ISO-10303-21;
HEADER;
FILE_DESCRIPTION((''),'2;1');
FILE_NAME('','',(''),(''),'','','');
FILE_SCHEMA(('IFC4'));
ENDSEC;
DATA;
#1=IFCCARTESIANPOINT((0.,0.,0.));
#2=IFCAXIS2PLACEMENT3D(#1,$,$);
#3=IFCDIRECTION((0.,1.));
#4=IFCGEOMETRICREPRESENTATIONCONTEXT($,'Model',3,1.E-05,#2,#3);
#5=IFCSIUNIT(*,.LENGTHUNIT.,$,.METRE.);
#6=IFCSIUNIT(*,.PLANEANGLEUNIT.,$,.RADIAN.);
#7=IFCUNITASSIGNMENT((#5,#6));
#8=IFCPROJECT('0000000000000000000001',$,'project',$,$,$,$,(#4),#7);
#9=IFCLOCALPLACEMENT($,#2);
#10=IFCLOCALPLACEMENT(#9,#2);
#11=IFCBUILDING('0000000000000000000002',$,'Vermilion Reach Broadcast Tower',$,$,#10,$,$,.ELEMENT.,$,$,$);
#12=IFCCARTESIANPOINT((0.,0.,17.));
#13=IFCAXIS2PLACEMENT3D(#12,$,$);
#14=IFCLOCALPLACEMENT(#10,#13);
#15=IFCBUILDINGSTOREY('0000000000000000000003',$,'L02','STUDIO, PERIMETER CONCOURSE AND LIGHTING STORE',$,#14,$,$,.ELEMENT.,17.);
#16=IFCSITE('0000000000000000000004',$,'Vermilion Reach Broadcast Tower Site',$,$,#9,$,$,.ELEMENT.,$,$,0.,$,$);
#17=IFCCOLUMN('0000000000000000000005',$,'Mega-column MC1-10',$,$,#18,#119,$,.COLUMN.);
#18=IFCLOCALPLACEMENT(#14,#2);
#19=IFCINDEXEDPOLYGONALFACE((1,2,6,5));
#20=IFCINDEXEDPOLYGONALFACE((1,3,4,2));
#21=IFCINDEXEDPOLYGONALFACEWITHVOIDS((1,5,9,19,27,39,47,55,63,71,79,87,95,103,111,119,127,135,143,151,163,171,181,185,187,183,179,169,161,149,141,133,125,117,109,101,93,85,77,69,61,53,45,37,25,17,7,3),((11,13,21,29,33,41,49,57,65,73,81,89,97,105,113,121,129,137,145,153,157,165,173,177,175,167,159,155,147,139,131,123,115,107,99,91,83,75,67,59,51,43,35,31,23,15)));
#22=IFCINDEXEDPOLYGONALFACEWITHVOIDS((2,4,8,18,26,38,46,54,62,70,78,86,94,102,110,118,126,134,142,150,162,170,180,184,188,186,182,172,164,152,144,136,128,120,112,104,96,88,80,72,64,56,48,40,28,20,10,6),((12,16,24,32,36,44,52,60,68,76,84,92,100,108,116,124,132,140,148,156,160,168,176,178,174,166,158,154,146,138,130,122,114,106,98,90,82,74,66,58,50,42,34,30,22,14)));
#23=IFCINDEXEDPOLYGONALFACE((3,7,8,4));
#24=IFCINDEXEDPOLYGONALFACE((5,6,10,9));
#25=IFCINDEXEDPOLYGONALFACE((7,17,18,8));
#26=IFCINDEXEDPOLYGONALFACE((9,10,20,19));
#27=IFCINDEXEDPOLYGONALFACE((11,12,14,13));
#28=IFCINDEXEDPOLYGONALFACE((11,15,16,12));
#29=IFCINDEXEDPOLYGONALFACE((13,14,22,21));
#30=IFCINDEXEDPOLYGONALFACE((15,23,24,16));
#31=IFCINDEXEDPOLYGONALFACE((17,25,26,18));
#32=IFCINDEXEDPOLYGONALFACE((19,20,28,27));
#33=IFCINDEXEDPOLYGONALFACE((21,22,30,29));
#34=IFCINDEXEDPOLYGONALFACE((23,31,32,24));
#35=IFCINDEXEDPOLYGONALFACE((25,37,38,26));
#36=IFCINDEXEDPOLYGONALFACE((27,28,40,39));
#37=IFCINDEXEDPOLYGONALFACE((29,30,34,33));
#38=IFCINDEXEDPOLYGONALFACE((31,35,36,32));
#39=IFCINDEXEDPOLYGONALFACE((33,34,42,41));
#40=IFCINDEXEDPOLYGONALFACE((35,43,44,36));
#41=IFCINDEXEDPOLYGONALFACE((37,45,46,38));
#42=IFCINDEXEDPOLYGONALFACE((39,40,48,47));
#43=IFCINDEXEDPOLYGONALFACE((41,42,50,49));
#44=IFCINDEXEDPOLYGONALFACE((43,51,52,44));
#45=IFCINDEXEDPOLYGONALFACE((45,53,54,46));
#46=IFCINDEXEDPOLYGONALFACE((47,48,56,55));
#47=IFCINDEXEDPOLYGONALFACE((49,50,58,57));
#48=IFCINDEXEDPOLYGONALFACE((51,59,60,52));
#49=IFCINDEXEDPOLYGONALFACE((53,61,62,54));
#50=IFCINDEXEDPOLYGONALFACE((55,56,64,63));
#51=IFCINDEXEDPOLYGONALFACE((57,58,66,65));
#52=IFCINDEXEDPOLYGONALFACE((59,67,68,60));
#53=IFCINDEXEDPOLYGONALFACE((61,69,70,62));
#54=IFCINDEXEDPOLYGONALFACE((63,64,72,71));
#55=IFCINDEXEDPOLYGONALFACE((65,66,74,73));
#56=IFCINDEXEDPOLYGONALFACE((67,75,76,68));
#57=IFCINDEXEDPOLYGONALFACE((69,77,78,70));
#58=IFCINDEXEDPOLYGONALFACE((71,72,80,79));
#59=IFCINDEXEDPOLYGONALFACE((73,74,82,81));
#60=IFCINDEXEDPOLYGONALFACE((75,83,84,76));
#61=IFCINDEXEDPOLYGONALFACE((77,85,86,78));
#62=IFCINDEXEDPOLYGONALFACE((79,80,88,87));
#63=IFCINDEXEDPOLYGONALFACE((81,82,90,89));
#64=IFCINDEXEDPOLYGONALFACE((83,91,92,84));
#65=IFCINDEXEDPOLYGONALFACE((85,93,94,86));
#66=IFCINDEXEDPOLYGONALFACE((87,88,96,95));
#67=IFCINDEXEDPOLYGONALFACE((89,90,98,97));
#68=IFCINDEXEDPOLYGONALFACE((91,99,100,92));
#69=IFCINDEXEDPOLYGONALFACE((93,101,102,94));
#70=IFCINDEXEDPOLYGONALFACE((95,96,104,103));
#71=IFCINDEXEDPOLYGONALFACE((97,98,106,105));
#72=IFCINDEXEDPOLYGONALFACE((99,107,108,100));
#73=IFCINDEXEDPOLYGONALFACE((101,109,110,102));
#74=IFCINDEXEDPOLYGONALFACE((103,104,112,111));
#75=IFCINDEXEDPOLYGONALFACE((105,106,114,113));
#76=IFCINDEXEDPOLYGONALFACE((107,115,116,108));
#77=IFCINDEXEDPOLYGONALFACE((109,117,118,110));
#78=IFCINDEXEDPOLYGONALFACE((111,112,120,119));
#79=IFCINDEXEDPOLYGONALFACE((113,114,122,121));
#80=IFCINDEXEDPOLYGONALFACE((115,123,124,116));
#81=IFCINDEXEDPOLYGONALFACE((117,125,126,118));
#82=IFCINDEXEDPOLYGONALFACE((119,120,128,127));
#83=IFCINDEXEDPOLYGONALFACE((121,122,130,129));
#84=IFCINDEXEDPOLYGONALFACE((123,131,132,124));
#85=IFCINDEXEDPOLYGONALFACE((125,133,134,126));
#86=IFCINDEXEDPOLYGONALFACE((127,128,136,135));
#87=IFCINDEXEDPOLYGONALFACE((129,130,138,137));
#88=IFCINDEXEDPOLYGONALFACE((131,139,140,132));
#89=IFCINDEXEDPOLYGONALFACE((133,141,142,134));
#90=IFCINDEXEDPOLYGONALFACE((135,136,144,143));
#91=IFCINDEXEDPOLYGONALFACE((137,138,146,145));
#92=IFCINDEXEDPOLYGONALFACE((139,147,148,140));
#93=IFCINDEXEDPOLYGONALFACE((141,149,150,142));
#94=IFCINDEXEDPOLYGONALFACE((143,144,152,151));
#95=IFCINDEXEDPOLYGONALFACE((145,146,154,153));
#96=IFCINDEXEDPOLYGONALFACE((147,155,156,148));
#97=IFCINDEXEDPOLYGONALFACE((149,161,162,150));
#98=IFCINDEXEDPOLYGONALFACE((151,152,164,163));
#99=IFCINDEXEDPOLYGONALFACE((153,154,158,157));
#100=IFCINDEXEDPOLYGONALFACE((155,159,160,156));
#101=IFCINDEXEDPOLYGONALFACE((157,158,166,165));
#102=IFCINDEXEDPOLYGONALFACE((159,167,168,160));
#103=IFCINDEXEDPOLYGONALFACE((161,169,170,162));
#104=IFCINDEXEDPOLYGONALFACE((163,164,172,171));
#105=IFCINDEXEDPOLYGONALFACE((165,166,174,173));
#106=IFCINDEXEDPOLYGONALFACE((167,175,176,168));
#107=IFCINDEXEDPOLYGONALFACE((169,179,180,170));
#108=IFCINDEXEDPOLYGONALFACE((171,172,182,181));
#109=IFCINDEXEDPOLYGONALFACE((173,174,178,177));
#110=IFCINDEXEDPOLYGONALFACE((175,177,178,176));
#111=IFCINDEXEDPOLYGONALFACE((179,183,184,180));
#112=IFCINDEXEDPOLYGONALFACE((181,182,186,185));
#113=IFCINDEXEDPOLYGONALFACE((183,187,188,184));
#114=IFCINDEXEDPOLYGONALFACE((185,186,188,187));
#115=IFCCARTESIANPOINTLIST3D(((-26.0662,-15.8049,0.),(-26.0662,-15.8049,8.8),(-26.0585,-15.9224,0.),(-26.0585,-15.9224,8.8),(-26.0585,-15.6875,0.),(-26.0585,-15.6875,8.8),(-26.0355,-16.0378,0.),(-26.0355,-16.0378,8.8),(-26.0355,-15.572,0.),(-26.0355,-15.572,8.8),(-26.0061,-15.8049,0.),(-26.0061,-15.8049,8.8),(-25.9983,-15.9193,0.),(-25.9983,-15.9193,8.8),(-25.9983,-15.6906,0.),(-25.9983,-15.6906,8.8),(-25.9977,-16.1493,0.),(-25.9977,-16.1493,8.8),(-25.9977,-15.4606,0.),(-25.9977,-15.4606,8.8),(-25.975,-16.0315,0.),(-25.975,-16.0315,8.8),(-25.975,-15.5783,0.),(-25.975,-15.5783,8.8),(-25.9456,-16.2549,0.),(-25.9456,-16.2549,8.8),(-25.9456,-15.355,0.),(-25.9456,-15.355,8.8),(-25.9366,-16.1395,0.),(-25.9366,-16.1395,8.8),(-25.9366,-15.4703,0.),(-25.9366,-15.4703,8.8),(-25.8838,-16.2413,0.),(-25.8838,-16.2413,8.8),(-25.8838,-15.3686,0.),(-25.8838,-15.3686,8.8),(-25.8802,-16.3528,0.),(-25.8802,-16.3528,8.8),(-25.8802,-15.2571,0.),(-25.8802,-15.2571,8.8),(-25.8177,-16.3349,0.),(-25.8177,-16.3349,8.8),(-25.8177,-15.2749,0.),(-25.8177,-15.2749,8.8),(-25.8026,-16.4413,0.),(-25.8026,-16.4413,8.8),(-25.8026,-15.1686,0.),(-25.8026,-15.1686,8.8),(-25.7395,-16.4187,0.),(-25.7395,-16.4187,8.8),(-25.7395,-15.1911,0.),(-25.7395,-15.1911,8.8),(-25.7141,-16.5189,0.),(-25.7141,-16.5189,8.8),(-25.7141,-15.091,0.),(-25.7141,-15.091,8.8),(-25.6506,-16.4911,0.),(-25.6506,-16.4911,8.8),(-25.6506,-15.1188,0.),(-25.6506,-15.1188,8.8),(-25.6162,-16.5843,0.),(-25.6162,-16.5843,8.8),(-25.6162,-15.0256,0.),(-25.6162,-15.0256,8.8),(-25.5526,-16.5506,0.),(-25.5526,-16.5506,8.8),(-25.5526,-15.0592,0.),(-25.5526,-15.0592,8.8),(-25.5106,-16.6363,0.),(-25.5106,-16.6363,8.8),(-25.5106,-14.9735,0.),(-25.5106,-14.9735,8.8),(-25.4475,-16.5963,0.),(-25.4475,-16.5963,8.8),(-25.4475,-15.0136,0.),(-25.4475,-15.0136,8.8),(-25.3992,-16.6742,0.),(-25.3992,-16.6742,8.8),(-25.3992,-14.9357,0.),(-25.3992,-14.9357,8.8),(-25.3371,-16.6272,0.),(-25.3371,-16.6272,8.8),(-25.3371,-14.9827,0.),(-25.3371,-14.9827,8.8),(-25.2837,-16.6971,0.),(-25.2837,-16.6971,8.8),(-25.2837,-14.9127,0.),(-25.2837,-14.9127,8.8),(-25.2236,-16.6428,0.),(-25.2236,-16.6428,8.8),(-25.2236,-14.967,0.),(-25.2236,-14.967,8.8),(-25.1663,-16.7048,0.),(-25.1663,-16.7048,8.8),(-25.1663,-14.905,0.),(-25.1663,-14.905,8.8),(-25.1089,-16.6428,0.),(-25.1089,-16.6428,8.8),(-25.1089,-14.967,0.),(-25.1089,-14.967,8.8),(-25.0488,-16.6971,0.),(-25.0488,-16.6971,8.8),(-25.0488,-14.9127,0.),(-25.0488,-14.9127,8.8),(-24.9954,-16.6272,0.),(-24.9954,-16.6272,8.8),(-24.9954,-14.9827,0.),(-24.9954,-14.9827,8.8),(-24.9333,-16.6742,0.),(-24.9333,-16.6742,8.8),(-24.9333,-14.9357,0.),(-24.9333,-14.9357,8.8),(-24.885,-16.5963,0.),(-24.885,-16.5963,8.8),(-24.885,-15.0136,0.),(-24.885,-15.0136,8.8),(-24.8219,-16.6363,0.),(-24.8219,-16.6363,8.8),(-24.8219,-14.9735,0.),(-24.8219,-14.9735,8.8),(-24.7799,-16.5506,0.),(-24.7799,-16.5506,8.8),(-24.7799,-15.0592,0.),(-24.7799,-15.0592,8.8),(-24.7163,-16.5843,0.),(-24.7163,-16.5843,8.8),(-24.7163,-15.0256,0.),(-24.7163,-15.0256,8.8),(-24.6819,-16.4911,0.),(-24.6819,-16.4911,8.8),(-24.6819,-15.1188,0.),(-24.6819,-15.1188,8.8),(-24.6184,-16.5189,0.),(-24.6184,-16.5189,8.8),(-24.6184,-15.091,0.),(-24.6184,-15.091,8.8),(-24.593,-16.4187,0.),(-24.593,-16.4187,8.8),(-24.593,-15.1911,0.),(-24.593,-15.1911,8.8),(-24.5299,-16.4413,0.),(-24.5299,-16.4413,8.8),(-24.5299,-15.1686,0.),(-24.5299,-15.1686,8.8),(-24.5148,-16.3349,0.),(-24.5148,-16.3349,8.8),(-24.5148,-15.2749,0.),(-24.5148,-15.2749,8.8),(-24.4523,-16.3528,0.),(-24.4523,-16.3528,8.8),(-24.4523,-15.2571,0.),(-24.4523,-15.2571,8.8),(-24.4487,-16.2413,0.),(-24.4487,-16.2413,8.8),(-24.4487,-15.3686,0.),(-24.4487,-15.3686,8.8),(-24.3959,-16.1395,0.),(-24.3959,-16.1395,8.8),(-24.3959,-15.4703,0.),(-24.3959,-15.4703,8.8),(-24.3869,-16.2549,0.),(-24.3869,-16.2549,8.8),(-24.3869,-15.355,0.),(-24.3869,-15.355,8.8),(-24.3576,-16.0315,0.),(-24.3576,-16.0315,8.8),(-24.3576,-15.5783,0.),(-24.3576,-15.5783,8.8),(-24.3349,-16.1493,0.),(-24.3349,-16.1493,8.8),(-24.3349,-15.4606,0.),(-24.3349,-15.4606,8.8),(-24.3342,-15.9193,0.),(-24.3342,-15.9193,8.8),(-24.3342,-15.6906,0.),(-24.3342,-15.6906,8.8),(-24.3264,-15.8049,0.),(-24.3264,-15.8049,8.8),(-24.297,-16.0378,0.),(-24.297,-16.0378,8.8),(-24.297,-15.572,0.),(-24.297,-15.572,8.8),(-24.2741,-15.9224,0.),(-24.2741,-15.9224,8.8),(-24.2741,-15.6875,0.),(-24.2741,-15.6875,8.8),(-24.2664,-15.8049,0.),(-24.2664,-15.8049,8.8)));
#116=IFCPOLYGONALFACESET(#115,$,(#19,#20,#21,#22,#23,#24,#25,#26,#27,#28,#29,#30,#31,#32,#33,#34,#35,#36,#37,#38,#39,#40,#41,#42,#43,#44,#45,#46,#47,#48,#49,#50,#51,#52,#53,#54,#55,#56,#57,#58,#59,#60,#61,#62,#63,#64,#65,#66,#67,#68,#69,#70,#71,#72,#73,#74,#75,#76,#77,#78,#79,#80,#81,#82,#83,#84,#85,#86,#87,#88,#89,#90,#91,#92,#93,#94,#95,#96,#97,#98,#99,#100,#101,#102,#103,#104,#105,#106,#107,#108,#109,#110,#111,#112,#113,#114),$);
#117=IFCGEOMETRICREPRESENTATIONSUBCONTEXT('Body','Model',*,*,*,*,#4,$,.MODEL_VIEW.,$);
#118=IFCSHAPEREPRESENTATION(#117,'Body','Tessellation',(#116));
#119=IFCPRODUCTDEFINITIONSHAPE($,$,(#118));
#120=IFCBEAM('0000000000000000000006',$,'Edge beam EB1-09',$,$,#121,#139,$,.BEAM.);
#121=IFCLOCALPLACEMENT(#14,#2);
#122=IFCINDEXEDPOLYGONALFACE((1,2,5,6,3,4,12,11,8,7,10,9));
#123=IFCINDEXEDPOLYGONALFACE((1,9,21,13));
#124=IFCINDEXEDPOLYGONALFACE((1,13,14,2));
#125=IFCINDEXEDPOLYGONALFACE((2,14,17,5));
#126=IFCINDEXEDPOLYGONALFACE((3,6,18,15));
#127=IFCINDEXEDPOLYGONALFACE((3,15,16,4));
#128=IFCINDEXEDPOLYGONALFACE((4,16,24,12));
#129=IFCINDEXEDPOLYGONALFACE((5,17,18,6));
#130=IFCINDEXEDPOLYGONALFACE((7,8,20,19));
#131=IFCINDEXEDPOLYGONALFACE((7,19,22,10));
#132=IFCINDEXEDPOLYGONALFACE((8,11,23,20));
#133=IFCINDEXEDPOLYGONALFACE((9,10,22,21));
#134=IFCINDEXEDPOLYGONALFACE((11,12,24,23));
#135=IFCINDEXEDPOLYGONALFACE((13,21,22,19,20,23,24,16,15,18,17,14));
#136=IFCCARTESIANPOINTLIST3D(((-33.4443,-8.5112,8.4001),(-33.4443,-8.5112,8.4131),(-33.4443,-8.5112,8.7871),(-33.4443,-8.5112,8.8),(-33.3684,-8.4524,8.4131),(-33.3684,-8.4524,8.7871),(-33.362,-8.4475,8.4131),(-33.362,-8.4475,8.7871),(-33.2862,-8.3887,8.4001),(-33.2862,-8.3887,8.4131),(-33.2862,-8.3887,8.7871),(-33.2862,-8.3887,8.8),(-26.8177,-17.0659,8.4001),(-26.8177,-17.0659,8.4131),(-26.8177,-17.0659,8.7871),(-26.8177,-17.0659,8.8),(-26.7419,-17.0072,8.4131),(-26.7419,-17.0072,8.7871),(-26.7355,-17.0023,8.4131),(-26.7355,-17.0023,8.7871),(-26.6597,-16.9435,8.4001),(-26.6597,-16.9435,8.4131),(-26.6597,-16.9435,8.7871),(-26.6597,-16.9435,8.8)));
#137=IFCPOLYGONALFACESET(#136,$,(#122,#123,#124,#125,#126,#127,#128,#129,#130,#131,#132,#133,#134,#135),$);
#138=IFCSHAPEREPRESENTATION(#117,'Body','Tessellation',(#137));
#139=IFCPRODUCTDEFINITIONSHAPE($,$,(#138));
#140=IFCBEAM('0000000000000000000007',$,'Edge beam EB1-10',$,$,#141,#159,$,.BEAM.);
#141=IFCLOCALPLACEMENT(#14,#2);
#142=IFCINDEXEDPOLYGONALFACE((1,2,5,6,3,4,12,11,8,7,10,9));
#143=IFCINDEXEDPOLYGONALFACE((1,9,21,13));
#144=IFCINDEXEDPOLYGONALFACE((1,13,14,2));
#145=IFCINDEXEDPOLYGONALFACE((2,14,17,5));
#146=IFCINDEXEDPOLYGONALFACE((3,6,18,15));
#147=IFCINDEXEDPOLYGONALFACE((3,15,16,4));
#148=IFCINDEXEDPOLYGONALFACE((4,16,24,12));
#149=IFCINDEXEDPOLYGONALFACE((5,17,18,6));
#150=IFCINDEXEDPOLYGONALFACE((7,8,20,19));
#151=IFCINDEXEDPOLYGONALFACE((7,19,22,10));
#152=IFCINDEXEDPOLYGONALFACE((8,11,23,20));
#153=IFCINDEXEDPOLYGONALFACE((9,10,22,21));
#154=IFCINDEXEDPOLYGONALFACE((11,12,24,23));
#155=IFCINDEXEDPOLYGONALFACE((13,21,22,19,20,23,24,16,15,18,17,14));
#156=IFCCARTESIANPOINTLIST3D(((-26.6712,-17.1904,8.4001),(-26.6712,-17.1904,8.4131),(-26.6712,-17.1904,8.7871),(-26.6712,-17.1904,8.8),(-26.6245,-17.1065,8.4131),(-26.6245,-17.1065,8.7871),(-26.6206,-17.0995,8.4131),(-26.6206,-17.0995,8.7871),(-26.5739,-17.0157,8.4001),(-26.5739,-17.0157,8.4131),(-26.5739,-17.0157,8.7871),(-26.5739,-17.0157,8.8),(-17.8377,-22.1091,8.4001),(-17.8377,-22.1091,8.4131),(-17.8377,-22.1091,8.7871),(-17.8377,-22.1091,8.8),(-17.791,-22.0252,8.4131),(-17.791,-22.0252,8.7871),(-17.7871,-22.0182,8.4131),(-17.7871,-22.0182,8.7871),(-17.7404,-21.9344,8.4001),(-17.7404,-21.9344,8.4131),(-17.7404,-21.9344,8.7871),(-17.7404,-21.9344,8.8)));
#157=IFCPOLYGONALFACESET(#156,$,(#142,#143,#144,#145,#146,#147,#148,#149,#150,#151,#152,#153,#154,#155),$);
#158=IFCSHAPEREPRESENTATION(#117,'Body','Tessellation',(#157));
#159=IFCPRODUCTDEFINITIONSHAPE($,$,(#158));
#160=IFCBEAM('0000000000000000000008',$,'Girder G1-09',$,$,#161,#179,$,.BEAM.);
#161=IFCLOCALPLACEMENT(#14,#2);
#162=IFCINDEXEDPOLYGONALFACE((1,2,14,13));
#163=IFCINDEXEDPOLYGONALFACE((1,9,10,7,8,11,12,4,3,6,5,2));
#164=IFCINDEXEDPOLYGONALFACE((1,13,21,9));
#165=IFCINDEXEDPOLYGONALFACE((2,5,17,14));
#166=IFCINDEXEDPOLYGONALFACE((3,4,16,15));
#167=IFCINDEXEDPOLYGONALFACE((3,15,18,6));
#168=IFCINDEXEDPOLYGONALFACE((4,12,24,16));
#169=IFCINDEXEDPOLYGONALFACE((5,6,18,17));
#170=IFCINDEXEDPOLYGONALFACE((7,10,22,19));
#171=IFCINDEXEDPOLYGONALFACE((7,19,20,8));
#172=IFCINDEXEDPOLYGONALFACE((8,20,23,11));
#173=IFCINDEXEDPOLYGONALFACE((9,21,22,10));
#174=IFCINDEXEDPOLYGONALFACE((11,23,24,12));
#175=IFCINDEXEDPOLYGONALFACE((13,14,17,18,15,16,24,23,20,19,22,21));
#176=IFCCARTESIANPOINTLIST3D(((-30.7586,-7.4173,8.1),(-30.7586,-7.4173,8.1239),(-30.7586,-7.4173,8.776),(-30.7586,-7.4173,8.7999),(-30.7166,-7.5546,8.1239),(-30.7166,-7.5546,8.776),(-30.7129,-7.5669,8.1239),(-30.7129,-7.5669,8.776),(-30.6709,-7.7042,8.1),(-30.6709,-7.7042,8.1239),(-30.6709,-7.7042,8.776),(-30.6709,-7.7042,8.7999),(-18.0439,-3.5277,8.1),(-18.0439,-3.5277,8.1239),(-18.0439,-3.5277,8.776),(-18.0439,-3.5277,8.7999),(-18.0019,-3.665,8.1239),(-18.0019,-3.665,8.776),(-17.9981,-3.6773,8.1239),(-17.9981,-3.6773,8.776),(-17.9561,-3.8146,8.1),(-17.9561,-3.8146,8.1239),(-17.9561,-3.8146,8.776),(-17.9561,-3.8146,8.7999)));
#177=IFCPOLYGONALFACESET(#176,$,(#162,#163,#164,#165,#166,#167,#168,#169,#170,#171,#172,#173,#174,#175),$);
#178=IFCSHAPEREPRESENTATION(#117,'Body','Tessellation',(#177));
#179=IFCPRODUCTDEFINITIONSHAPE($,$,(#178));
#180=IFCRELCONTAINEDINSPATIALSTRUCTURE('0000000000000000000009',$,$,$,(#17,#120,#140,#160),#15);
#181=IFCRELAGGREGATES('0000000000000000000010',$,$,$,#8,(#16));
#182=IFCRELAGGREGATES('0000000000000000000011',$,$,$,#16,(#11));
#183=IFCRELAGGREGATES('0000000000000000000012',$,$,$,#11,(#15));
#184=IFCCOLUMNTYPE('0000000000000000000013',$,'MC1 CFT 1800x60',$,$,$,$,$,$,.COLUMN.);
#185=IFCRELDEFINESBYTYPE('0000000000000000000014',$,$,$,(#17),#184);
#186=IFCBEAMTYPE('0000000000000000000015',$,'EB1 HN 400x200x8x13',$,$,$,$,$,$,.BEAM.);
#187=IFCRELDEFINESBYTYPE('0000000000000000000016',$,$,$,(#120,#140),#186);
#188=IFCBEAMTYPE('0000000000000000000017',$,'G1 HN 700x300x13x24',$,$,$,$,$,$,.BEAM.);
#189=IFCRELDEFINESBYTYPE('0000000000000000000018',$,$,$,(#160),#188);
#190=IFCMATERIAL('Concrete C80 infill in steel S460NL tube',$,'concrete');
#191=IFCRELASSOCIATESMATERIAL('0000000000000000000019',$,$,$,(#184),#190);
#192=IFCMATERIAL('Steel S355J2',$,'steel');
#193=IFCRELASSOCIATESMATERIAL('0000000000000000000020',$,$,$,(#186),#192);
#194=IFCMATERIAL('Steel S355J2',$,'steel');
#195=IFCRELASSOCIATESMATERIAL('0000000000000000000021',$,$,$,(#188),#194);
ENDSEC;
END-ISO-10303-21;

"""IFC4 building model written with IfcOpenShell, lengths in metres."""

from ifc_helpers import new_model, si_unit, direction, frame, origin, origin_2d, place, context, subcontext, project, spatial, hollow_circle, i_section, extrude, material, material_profile, profile_set, type_object, element, save


model = new_model("IFC4")

# Units and contexts
model_context = context("Model", 3, precision=1e-05, world=origin(), true_north=direction((0.0, 1.0)))
body_context = subcontext(model_context, "Body", "Model", "MODEL_VIEW")
ifc_project = project(units=[si_unit("LENGTHUNIT", "METRE"), si_unit("PLANEANGLEUNIT", "RADIAN")], contexts=[model_context])

# Site, building, storey
site_placement = place(None, origin())
site = spatial("IfcSite", under=ifc_project, at=site_placement, Name="Vermilion Reach Broadcast Tower Site", CompositionType="ELEMENT", RefElevation=0.0)
building_placement = place(site_placement, origin())
building = spatial("IfcBuilding", under=site, at=building_placement, Name="Vermilion Reach Broadcast Tower", CompositionType="ELEMENT")
storey_placement = place(building_placement, frame((0.0, 0.0, 17.0)))
storey = spatial("IfcBuildingStorey", under=building, at=storey_placement, Name="L02", Description="STUDIO, PERIMETER CONCOURSE AND LIGHTING STORE", CompositionType="ELEMENT", Elevation=17.0)

# Column
ifc_material_1 = material(Name="Concrete C80 infill in steel S460NL tube", Category="concrete")
ifc_material_profile_1 = material_profile(ifc_material_1, hollow_circle(Radius=0.8999, WallThickness=0.0601, at=origin_2d()), Name="Concrete C80 infill in steel S460NL tube CFT 1800x60")
ifc_profile_set_1 = profile_set([ifc_material_profile_1], Name="Concrete C80 infill in steel S460NL tube")
column_type = type_object("IfcColumnType", Name="MC1 CFT 1800x60", PredefinedType="COLUMN", material=ifc_profile_set_1)
for number, where, z_axis, x_axis, name in (
    (1, (-25.1663, -15.8049, 0.0), (0.0, 0.0, 1.0), (1.0, 0.0, 0.0), "Mega-column MC1-10"),
):
    element("IfcColumn", number, at=place(storey_placement, frame(where, z_axis=z_axis, x_axis=x_axis)), inside=storey, type_object=column_type, Name=name, PredefinedType="COLUMN", context=body_context, shape_type="SweptSolid", body=[
        extrude(hollow_circle(Radius=0.8999, WallThickness=0.0601, at=origin_2d()), origin(), (0.0, 0.0, 1.0), 8.8),
    ])

# Beams
ifc_material_2 = material(Name="Steel S355J2", Category="steel")
ifc_material_profile_2 = material_profile(ifc_material_2, i_section(OverallWidth=0.2, OverallDepth=0.3999, WebThickness=0.0081, FlangeThickness=0.0129, at=origin_2d()), Name="S355J2 HN 400x200x8x13")
ifc_profile_set_2 = profile_set([ifc_material_profile_2], Name="Steel S355J2")
beam_type_1 = type_object("IfcBeamType", Name="EB1 HN 400x200x8x13", PredefinedType="BEAM", material=ifc_profile_set_2)
beam_1_placement = place(storey_placement, frame((-33.3652, -8.45, 8.6001), z_axis=(0.612374, -0.790568, 0.0), x_axis=(0.790568, 0.612374, 0.0)))
element("IfcBeam", 2, at=beam_1_placement, inside=storey, type_object=beam_type_1, Name="Edge beam EB1-09", PredefinedType="BEAM", context=body_context, shape_type="SweptSolid", body=[
    extrude(i_section(OverallWidth=0.2, OverallDepth=0.3999, WebThickness=0.0081, FlangeThickness=0.0129, at=origin_2d()), origin(), (0.0, 0.0, 1.0), 10.821),
])
beam_2_placement = place(storey_placement, frame((-26.6226, -17.103, 8.6001), z_axis=(0.873686, -0.486489, 0.0), x_axis=(0.486489, 0.873686, 0.0)))
element("IfcBeam", 3, at=beam_2_placement, inside=storey, type_object=beam_type_1, Name="Edge beam EB1-10", PredefinedType="BEAM", context=body_context, shape_type="SweptSolid", body=[
    extrude(i_section(OverallWidth=0.2, OverallDepth=0.3999, WebThickness=0.0081, FlangeThickness=0.0129, at=origin_2d()), origin(), (0.0, 0.0, 1.0), 10.1106),
])
ifc_material_3 = material(Name="Steel S355J2", Category="steel")
ifc_material_profile_3 = material_profile(ifc_material_3, i_section(OverallWidth=0.3, OverallDepth=0.7, WebThickness=0.0129, FlangeThickness=0.0239, at=origin_2d()), Name="S355J2 HN 700x300x13x24")
ifc_profile_set_3 = profile_set([ifc_material_profile_3], Name="Steel S355J2")
beam_type_2 = type_object("IfcBeamType", Name="G1 HN 700x300x13x24", PredefinedType="BEAM", material=ifc_profile_set_3)
beam_3_placement = place(storey_placement, frame((-18.0, -3.6711, 8.45), z_axis=(-0.956256, -0.292532, 0.0), x_axis=(0.292532, -0.956256, 0.0)))
element("IfcBeam", 4, at=beam_3_placement, inside=storey, type_object=beam_type_2, Name="Girder G1-09", PredefinedType="BEAM", context=body_context, shape_type="SweptSolid", body=[
    extrude(i_section(OverallWidth=0.3, OverallDepth=0.7, WebThickness=0.0129, FlangeThickness=0.0239, at=origin_2d()), origin(), (0.0, 0.0, 1.0), 13.2964),
])

save(model, "model.ifc")
